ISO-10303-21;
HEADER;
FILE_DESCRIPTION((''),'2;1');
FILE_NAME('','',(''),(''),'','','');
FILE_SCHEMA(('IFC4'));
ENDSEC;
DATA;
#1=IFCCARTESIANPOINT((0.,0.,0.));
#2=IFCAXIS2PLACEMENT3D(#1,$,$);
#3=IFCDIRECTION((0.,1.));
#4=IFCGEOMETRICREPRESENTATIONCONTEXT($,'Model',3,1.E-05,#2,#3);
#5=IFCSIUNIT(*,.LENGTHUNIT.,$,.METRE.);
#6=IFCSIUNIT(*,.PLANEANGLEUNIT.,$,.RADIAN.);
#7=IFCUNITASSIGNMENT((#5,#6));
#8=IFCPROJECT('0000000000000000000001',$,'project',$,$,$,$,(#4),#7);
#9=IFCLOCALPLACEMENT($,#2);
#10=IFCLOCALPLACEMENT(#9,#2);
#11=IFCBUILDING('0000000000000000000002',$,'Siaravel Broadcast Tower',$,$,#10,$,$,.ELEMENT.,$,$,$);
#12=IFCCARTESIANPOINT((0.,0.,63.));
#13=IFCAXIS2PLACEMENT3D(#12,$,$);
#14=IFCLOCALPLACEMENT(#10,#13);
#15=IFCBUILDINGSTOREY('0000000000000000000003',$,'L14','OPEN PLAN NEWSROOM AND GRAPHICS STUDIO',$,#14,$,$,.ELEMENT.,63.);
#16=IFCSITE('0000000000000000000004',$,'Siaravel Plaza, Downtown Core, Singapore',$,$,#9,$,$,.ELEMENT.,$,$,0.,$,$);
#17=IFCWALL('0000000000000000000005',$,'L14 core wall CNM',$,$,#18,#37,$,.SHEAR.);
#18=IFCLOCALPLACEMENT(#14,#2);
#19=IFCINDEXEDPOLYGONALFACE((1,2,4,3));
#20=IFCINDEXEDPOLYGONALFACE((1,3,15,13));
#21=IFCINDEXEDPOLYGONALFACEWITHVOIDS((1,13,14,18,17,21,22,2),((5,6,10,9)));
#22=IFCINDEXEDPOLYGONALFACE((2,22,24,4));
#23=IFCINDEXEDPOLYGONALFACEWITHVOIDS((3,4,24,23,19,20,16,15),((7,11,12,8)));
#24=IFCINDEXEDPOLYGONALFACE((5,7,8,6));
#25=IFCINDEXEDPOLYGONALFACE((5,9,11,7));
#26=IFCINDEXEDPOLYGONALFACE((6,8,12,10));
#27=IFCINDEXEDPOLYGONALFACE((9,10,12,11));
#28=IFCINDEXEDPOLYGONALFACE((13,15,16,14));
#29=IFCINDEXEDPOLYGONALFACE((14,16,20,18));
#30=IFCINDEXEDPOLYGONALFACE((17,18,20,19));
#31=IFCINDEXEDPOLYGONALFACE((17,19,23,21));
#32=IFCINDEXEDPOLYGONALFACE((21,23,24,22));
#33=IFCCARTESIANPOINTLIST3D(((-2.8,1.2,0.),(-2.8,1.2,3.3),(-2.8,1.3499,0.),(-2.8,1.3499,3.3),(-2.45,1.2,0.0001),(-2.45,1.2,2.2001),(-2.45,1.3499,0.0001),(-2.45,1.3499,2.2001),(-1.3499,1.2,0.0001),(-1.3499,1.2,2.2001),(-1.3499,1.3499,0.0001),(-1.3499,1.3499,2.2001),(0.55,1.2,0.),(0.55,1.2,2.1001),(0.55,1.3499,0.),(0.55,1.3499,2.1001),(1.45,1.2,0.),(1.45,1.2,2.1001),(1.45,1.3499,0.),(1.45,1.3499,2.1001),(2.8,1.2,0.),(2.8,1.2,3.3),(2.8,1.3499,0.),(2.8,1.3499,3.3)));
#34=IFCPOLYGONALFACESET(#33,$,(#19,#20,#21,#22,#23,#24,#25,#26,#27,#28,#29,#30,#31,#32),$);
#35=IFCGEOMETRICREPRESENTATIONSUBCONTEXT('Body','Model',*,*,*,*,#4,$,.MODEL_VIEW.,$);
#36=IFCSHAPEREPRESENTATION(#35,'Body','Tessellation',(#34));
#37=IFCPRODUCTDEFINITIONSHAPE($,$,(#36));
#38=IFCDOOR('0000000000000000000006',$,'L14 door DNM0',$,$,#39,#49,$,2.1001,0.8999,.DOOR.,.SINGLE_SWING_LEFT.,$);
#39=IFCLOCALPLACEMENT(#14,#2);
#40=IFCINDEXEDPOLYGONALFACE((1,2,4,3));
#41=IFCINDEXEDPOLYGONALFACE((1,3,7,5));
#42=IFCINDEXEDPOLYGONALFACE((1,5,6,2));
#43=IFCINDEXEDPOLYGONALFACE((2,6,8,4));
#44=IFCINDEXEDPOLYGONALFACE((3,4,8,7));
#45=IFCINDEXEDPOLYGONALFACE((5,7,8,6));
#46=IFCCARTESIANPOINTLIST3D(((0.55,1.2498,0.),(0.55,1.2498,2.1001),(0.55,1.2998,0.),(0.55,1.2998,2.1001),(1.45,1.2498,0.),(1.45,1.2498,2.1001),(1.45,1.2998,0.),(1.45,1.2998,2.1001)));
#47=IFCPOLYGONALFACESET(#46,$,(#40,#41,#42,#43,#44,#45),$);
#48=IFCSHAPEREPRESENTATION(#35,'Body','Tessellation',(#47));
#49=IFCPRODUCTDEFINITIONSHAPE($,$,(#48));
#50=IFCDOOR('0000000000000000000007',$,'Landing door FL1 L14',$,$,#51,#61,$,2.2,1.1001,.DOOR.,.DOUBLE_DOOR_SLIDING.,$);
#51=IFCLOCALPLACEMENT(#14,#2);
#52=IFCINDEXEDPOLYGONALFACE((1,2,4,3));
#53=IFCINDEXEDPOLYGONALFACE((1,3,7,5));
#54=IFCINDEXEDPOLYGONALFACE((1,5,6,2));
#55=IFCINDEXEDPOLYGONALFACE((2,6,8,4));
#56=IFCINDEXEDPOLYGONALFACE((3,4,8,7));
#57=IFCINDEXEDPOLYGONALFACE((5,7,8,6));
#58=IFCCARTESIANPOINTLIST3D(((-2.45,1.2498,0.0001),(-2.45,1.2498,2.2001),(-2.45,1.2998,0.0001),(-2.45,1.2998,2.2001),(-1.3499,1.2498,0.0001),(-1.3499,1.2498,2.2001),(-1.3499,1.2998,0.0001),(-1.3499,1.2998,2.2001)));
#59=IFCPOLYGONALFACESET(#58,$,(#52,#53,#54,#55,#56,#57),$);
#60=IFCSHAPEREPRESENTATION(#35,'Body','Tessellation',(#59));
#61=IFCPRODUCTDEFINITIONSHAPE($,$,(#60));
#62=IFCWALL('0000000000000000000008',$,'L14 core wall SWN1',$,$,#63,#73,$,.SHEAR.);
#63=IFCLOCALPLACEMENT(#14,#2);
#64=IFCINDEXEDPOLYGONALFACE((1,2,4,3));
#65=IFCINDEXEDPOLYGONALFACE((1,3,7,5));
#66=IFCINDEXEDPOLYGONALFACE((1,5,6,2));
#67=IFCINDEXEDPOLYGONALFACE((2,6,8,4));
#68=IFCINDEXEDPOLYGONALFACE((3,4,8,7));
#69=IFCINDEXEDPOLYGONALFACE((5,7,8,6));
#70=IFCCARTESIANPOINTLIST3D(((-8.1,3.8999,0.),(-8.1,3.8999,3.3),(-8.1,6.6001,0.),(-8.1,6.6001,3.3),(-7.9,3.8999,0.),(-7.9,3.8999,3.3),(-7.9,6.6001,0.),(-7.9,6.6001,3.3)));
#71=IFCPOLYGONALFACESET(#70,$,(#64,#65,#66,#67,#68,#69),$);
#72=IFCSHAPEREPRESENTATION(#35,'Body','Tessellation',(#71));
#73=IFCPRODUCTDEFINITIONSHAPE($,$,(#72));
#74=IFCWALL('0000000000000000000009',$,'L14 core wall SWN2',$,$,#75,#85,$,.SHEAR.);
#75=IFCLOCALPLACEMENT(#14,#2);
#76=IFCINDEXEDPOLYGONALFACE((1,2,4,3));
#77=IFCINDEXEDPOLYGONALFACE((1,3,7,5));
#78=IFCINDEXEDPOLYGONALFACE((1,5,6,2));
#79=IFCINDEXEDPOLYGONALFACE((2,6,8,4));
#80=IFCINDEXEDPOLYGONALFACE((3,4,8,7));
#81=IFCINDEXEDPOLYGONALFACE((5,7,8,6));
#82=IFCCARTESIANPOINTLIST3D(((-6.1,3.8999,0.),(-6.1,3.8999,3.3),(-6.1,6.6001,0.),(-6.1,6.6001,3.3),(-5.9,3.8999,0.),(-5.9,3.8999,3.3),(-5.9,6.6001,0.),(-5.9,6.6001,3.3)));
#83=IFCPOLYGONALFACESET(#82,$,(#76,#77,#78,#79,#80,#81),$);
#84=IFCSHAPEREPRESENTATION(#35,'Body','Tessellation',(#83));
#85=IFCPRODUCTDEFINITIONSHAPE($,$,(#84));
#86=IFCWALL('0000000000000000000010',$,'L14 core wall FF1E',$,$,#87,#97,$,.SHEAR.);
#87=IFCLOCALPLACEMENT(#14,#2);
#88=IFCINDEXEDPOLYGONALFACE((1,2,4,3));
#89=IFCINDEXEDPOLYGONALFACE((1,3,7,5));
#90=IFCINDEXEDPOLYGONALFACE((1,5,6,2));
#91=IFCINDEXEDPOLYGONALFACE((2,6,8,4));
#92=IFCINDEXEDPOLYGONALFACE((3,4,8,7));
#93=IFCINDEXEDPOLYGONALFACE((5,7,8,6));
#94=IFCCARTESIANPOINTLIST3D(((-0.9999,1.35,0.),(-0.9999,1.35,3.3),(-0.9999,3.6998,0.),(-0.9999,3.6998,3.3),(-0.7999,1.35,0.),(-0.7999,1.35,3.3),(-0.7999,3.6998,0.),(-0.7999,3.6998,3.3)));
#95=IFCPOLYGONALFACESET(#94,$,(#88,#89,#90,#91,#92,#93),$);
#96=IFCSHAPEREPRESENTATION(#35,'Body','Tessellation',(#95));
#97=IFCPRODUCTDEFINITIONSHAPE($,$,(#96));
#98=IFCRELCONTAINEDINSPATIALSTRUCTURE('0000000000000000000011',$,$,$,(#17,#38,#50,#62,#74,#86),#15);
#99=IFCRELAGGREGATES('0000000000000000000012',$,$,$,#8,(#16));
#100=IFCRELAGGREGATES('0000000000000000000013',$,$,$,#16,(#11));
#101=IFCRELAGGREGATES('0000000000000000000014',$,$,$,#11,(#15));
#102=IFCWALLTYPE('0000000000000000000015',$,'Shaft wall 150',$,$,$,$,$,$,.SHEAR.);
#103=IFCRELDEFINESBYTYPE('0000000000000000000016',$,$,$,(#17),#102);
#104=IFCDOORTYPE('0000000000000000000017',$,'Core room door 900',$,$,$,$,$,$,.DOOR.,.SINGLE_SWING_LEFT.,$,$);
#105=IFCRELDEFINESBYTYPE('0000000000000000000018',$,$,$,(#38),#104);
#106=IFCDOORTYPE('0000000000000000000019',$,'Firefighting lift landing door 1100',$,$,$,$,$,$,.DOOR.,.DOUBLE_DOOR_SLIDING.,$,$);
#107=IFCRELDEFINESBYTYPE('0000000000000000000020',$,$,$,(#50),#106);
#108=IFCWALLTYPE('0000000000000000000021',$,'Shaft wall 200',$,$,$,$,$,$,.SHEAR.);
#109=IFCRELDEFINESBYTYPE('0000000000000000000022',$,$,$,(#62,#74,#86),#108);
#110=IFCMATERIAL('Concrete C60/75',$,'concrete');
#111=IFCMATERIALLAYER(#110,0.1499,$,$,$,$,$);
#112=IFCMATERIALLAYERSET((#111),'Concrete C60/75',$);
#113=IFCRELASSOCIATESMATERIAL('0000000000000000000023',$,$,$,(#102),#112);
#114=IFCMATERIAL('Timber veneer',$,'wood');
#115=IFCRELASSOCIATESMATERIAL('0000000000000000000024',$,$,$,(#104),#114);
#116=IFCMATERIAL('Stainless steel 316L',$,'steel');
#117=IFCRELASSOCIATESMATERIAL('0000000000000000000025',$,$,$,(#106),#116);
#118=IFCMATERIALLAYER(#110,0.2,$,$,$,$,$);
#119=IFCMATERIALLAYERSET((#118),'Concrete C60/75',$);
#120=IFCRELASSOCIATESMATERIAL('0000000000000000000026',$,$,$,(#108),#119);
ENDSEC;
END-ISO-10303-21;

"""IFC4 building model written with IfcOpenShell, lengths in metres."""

from ifc_helpers import new_model, si_unit, direction, frame, frame_2d, origin, place, context, subcontext, project, spatial, rectangle, extrude, material, layer, layer_set, type_object, element, fill, save


model = new_model("IFC4")

# Units and contexts
model_context = context("Model", 3, precision=1e-05, world=origin(), true_north=direction((0.0, 1.0)))
body_context = subcontext(model_context, "Body", "Model", "MODEL_VIEW")
ifc_project = project(units=[si_unit("LENGTHUNIT", "METRE"), si_unit("PLANEANGLEUNIT", "RADIAN")], contexts=[model_context])

# Site, building, storey
site_placement = place(None, origin())
site = spatial("IfcSite", under=ifc_project, at=site_placement, Name="Siaravel Plaza, Downtown Core, Singapore", CompositionType="ELEMENT", RefElevation=0.0)
building_placement = place(site_placement, origin())
building = spatial("IfcBuilding", under=site, at=building_placement, Name="Siaravel Broadcast Tower", CompositionType="ELEMENT")
storey_placement = place(building_placement, frame((0.0, 0.0, 63.0)))
storey = spatial("IfcBuildingStorey", under=building, at=storey_placement, Name="L14", Description="OPEN PLAN NEWSROOM AND GRAPHICS STUDIO", CompositionType="ELEMENT", Elevation=63.0)

# Wall, openings, doors
ifc_material_1 = material(Name="Concrete C60/75", Category="concrete")
ifc_layer_1 = layer(ifc_material_1, 0.1499)
ifc_layer_set_1 = layer_set([ifc_layer_1], Name="Concrete C60/75")
wall_type_1 = type_object("IfcWallType", Name="Shaft wall 150", PredefinedType="SHEAR", material=ifc_layer_set_1)
ifc_material_2 = material(Name="Timber veneer", Category="wood")
door_type_1 = type_object("IfcDoorType", Name="Core room door 900", OperationType="SINGLE_SWING_LEFT", PredefinedType="DOOR", material=ifc_material_2)
ifc_material_3 = material(Name="Stainless steel 316L", Category="steel")
door_type_2 = type_object("IfcDoorType", Name="Firefighting lift landing door 1100", OperationType="DOUBLE_DOOR_SLIDING", PredefinedType="DOOR", material=ifc_material_3)
wall_1_placement = place(storey_placement, frame((-2.8, 1.2749, 0.0), z_axis=(0.0, 0.0, 1.0), x_axis=(1.0, 0.0, 0.0)))
wall_1 = element("IfcWall", 1, at=wall_1_placement, inside=storey, type_object=wall_type_1, Name="L14 core wall CNM", PredefinedType="SHEAR", context=body_context, shape_type="SweptSolid", body=[
    extrude(rectangle(XDim=5.6001, YDim=0.1499, at=frame_2d((2.8, 0.0))), origin(), (0.0, 0.0, 1.0), 3.3),
])
opening_1_placement = place(wall_1_placement, frame((0.3501, 0.0, 0.0)))
opening_1 = element("IfcOpeningElement", 2, at=opening_1_placement, cuts=wall_1, PredefinedType="OPENING", context=body_context, shape_type="SweptSolid", body=[
    extrude(rectangle(XDim=1.1001, YDim=2.2, at=frame_2d((0.55, 1.1001))), frame((0.0, 0.085, 0.0), z_axis=(0.0, -1.0, 0.0), x_axis=(1.0, 0.0, 0.0)), (0.0, 0.0, 1.0), 0.1699),
])
opening_2_placement = place(wall_1_placement, frame((3.3501, 0.0, 0.0)))
opening_2 = element("IfcOpeningElement", 3, at=opening_2_placement, cuts=wall_1, PredefinedType="OPENING", context=body_context, shape_type="SweptSolid", body=[
    extrude(rectangle(XDim=0.8999, YDim=2.1001, at=frame_2d((0.45, 1.05))), frame((0.0, 0.085, 0.0), z_axis=(0.0, -1.0, 0.0), x_axis=(1.0, 0.0, 0.0)), (0.0, 0.0, 1.0), 0.1699),
])
door_1_placement = place(opening_2_placement, origin())
door_1 = element("IfcDoor", 4, at=door_1_placement, inside=storey, type_object=door_type_1, Name="L14 door DNM0", OperationType="SINGLE_SWING_LEFT", OverallHeight=2.1001, OverallWidth=0.8999, PredefinedType="DOOR", context=body_context, shape_type="SweptSolid", body=[
    extrude(rectangle(XDim=0.8999, YDim=2.1001, at=frame_2d((0.45, 1.05))), frame((0.0, 0.0249, 0.0), z_axis=(0.0, -1.0, 0.0), x_axis=(1.0, 0.0, 0.0)), (0.0, 0.0, 1.0), 0.05),
])
fill(opening_2, door_1)
door_2_placement = place(opening_1_placement, origin())
door_2 = element("IfcDoor", 5, at=door_2_placement, inside=storey, type_object=door_type_2, Name="Landing door FL1 L14", OperationType="DOUBLE_DOOR_SLIDING", OverallHeight=2.2, OverallWidth=1.1001, PredefinedType="DOOR", context=body_context, shape_type="SweptSolid", body=[
    extrude(rectangle(XDim=1.1001, YDim=2.2, at=frame_2d((0.55, 1.1001))), frame((0.0, 0.0249, 0.0), z_axis=(0.0, -1.0, 0.0), x_axis=(1.0, 0.0, 0.0)), (0.0, 0.0, 1.0), 0.05),
])
fill(opening_1, door_2)

# Walls
ifc_layer_2 = layer(ifc_material_1, 0.2)
ifc_layer_set_2 = layer_set([ifc_layer_2], Name="Concrete C60/75")
wall_type_2 = type_object("IfcWallType", Name="Shaft wall 200", PredefinedType="SHEAR", material=ifc_layer_set_2)
for number, where, z_axis, x_axis, name in (
    (6, (-8.0, 3.8999, 0.0), (0.0, 0.0, 1.0), (0.0, 1.0, 0.0), "L14 core wall SWN1"),
    (7, (-6.0, 3.8999, 0.0), (0.0, 0.0, 1.0), (0.0, 1.0, 0.0), "L14 core wall SWN2"),
):
    element("IfcWall", number, at=place(storey_placement, frame(where, z_axis=z_axis, x_axis=x_axis)), inside=storey, type_object=wall_type_2, Name=name, PredefinedType="SHEAR", context=body_context, shape_type="SweptSolid", body=[
        extrude(rectangle(XDim=2.7002, YDim=0.2, at=frame_2d((1.3501, 0.0))), origin(), (0.0, 0.0, 1.0), 3.3),
    ])
wall_2_placement = place(storey_placement, frame((-0.8999, 1.3501, 0.0), z_axis=(0.0, 0.0, 1.0), x_axis=(0.0, 1.0, 0.0)))
element("IfcWall", 8, at=wall_2_placement, inside=storey, type_object=wall_type_2, Name="L14 core wall FF1E", PredefinedType="SHEAR", context=body_context, shape_type="SweptSolid", body=[
    extrude(rectangle(XDim=2.3499, YDim=0.2, at=frame_2d((1.1748, 0.0))), origin(), (0.0, 0.0, 1.0), 3.3),
])

save(model, "model.ifc")
